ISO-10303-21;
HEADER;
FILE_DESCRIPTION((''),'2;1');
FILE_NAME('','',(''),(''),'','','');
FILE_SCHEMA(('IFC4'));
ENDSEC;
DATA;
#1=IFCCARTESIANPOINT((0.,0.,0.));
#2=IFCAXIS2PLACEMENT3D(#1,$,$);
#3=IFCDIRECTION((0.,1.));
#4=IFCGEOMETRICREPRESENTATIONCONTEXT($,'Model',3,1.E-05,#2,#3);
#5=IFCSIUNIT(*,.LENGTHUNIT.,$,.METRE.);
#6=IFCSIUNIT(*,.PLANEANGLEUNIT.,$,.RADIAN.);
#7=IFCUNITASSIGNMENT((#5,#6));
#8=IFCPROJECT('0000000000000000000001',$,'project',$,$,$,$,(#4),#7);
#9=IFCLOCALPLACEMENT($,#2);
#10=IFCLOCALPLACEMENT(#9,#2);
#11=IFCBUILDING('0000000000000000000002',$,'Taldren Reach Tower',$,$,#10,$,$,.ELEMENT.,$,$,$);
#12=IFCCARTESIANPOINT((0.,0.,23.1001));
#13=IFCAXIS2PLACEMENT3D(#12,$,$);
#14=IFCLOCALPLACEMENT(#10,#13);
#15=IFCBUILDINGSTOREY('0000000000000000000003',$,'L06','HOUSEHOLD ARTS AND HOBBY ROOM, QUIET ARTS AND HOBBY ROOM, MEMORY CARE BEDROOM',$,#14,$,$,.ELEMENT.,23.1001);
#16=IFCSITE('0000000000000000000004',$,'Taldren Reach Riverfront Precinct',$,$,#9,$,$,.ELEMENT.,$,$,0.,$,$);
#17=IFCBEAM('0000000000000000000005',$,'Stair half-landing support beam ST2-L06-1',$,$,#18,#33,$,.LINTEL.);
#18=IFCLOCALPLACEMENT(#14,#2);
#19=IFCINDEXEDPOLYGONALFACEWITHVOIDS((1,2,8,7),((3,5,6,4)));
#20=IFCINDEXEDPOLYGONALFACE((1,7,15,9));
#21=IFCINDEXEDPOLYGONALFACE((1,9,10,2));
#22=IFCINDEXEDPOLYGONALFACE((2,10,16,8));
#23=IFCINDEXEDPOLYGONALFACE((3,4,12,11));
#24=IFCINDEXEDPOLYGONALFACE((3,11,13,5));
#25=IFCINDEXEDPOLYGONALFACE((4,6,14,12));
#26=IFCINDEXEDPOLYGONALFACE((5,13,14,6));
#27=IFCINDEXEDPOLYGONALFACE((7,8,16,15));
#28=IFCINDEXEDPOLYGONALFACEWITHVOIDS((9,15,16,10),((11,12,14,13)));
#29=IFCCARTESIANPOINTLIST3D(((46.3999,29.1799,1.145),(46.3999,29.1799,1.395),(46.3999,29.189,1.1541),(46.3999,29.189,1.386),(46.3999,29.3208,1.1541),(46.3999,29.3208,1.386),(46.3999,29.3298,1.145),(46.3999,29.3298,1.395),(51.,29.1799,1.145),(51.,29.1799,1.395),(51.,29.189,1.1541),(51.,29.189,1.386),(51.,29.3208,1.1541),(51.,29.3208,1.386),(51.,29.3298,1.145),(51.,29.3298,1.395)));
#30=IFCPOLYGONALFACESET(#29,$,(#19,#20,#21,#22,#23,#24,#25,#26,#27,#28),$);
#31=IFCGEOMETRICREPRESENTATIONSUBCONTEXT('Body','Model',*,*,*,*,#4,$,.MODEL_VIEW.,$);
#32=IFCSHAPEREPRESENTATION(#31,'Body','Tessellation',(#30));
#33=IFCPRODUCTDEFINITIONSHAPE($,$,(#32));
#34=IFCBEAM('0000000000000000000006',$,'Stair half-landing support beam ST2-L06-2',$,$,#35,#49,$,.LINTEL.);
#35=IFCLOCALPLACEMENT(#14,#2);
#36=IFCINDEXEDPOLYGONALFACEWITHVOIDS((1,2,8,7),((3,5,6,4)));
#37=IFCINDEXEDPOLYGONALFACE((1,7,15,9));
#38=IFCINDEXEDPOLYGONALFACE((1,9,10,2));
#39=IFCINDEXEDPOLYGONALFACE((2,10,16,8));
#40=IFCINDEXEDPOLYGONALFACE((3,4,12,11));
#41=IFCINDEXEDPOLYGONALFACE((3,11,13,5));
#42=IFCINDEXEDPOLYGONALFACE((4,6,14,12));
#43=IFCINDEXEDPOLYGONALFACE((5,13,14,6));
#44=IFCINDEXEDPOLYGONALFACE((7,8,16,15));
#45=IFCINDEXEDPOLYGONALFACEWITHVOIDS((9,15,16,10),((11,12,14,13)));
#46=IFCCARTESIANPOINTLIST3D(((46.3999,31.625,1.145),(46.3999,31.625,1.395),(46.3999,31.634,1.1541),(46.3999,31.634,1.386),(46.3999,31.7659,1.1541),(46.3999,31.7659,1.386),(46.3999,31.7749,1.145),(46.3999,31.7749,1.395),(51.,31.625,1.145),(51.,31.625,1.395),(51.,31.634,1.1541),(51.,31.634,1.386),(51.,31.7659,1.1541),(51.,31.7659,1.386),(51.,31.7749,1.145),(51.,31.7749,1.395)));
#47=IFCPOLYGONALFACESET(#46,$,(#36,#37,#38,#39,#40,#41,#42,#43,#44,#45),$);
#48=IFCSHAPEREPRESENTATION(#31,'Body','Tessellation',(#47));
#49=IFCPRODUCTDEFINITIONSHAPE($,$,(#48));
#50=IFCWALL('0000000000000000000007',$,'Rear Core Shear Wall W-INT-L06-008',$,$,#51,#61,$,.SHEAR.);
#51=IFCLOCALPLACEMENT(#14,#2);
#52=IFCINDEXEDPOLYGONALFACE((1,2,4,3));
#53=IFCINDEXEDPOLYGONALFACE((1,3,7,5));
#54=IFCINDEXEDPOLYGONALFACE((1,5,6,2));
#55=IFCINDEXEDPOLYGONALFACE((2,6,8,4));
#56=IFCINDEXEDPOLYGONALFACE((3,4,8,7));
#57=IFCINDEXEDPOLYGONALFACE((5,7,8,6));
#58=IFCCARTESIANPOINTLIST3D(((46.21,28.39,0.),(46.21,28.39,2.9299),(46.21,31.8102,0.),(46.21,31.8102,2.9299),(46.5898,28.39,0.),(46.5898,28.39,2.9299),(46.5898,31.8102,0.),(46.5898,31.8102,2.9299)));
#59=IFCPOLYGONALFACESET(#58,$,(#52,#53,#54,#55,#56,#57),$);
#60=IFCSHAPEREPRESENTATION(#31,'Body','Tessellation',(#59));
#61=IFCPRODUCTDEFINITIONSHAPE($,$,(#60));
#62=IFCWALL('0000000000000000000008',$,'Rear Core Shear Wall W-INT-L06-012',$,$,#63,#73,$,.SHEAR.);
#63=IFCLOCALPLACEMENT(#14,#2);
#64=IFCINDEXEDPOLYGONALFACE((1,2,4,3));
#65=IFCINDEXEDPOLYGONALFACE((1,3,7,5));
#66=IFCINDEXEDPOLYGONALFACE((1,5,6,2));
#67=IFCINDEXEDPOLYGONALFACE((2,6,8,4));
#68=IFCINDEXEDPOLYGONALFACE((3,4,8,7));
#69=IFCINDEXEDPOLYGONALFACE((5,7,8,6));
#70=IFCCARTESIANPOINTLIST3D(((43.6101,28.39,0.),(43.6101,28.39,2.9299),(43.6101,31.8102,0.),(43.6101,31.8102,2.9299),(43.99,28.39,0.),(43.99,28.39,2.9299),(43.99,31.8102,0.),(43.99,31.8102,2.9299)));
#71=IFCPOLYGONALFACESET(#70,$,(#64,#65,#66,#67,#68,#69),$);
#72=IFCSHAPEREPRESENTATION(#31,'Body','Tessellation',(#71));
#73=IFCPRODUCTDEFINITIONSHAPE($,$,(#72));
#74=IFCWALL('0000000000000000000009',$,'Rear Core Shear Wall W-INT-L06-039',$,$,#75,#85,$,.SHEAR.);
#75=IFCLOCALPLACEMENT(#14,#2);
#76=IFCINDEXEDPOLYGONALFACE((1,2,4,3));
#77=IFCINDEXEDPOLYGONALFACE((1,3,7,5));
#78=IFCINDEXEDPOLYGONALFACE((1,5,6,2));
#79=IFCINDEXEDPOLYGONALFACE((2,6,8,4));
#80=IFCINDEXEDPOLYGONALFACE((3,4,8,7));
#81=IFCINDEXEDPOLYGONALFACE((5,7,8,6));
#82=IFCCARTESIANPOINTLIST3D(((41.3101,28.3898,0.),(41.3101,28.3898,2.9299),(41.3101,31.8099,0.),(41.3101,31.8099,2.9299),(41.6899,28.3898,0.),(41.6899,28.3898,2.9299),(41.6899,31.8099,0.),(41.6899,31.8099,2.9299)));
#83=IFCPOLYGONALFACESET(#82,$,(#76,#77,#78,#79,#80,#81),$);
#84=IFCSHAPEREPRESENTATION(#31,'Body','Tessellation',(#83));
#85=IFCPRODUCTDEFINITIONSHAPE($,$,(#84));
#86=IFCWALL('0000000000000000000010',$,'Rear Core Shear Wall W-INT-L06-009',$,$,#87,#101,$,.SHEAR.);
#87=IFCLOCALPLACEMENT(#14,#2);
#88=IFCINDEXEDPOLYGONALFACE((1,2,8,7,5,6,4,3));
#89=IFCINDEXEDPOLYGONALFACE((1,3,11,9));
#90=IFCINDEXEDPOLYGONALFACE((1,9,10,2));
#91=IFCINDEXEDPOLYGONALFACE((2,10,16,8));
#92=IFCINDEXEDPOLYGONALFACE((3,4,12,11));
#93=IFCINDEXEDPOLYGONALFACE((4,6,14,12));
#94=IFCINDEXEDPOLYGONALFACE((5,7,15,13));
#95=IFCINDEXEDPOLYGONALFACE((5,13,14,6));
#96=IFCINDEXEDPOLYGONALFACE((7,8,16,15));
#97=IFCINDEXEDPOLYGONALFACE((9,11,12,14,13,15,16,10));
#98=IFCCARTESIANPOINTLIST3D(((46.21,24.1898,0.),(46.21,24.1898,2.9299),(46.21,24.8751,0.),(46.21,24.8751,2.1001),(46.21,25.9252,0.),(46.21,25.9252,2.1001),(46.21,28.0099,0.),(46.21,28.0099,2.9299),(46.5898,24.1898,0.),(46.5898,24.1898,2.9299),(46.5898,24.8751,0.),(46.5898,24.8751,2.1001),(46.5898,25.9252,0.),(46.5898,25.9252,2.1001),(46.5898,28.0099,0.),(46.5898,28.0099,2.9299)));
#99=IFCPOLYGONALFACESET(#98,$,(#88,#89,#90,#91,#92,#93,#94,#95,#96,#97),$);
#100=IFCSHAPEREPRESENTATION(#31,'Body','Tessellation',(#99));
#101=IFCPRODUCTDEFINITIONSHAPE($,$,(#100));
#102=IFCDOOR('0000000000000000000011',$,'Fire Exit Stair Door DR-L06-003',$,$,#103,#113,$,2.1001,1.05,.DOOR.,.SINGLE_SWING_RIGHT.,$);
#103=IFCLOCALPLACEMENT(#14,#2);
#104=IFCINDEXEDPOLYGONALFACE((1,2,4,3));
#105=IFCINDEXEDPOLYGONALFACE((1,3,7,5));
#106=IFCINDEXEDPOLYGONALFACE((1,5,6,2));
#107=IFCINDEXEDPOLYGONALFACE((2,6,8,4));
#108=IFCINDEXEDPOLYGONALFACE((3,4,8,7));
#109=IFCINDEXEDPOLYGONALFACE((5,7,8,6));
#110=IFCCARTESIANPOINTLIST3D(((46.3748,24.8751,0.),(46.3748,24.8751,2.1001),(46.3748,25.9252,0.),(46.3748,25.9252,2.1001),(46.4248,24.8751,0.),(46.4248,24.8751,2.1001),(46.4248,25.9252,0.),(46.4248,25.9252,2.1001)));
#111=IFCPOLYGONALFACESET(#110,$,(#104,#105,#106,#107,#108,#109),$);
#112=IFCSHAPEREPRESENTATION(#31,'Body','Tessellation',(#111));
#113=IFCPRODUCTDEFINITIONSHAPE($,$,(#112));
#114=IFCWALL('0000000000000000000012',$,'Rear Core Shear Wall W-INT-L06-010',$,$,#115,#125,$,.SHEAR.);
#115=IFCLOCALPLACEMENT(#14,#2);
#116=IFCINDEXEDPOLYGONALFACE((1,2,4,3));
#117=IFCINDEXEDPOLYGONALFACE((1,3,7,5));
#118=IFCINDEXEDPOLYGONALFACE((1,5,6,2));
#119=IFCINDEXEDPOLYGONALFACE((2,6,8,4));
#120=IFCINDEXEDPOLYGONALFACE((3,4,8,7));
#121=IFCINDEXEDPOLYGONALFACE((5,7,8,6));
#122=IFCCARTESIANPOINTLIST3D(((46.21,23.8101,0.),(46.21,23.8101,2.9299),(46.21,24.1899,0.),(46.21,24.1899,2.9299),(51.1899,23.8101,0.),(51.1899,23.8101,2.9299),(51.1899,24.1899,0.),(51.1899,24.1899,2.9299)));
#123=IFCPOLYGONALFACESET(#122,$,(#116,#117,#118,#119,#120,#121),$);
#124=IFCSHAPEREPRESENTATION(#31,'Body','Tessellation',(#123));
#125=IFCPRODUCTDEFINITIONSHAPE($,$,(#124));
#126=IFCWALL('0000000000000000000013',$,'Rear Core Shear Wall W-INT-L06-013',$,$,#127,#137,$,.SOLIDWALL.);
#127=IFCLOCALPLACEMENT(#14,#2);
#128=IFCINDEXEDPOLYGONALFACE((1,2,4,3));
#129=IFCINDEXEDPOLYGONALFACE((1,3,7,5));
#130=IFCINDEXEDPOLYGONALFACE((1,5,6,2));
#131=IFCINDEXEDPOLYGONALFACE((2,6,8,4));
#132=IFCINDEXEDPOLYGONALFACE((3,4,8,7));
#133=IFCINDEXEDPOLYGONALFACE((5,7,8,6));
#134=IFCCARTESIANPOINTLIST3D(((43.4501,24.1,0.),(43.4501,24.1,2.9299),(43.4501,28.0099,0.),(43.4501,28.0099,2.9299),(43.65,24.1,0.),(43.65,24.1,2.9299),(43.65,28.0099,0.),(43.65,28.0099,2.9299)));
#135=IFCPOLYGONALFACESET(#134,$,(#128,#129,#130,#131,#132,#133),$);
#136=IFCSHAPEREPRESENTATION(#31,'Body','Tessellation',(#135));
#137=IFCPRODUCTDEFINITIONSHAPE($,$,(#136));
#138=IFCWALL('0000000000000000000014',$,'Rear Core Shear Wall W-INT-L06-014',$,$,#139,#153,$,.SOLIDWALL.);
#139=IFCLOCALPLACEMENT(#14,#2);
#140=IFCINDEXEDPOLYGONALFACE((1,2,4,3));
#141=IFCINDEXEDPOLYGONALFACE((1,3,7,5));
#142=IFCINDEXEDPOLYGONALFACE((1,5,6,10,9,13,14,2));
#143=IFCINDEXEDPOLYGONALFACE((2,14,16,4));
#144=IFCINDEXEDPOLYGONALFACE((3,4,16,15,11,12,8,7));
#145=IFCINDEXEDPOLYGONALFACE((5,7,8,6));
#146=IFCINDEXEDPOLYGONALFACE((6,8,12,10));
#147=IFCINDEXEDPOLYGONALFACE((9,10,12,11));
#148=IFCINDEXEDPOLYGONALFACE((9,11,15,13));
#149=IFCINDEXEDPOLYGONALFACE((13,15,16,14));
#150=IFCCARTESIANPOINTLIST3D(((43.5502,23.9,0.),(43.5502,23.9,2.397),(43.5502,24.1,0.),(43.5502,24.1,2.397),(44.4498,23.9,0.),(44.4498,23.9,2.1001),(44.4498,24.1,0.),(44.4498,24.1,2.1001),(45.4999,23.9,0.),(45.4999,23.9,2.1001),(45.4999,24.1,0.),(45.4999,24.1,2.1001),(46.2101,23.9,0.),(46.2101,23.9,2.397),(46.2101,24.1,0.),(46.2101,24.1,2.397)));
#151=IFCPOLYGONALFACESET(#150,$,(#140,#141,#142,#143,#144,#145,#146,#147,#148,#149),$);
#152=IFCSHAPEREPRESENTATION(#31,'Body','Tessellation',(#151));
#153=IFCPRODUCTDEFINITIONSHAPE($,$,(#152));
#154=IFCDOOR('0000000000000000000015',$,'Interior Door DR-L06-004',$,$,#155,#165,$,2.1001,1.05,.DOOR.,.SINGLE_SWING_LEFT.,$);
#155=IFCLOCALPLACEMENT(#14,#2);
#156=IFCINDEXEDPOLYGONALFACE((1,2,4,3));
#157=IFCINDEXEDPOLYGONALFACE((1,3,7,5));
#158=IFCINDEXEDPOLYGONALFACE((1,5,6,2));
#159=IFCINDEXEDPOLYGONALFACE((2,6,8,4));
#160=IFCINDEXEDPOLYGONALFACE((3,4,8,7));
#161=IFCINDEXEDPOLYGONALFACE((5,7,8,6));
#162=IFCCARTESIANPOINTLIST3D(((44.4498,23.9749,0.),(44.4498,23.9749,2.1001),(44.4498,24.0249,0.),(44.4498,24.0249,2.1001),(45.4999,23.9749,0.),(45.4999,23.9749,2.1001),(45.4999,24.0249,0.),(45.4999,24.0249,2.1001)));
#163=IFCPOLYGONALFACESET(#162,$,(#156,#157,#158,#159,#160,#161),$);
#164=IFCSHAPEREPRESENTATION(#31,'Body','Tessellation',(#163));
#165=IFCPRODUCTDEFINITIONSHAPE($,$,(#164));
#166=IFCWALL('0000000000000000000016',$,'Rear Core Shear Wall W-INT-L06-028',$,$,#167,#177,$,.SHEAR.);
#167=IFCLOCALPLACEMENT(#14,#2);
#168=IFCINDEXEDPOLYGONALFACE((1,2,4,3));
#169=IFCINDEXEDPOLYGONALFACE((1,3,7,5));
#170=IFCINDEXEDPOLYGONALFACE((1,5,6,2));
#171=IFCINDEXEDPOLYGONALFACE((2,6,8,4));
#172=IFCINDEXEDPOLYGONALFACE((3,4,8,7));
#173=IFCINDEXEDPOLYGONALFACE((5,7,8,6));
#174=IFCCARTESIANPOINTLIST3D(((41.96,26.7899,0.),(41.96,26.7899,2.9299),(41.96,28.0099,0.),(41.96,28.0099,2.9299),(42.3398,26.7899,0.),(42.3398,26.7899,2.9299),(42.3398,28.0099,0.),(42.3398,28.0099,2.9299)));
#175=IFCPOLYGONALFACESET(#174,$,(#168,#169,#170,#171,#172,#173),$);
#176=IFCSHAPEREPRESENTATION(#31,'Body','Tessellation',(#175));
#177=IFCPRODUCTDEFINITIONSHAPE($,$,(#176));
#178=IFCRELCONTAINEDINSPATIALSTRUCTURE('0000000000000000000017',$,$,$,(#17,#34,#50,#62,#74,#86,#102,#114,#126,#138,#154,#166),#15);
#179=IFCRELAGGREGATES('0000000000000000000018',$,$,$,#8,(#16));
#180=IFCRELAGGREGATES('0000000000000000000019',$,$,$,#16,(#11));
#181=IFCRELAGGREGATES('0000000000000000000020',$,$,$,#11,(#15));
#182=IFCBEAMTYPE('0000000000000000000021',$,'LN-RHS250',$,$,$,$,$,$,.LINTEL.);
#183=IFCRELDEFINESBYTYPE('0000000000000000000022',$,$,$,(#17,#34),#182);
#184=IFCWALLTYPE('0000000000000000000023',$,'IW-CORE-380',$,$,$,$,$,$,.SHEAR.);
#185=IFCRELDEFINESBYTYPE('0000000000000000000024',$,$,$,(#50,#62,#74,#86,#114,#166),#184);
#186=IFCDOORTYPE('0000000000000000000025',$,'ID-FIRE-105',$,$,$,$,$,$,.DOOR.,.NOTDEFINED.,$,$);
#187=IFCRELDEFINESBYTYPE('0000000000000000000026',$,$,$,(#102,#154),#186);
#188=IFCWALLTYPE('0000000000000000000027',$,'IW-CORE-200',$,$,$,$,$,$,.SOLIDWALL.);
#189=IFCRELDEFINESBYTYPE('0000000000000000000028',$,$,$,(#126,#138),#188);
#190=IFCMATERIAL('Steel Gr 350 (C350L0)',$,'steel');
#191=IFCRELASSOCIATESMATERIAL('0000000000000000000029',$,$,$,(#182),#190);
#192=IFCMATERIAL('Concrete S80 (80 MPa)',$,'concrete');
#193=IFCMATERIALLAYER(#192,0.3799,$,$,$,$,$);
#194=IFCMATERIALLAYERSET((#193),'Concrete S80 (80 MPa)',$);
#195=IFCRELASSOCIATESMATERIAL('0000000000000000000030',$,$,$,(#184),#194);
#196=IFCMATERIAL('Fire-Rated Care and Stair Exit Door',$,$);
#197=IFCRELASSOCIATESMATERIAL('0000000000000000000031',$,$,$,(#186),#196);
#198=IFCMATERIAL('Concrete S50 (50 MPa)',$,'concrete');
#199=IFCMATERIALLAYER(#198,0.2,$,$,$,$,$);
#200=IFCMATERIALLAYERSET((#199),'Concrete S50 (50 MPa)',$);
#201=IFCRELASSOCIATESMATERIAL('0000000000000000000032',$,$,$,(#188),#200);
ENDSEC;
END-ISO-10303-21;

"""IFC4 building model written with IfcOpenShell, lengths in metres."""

from ifc_helpers import new_model, si_unit, direction, frame, frame_2d, origin, origin_2d, place, context, subcontext, project, spatial, rectangle, hollow_rectangle, extrude, source, transform, mapped, material, layer, layer_set, material_profile, profile_set, type_object, element, fill, save


model = new_model("IFC4")

# Units and contexts
model_context = context("Model", 3, precision=1e-05, world=origin(), true_north=direction((0.0, 1.0)))
body_context = subcontext(model_context, "Body", "Model", "MODEL_VIEW")
ifc_project = project(units=[si_unit("LENGTHUNIT", "METRE"), si_unit("PLANEANGLEUNIT", "RADIAN")], contexts=[model_context])

# Site, building, storey
site_placement = place(None, origin())
site = spatial("IfcSite", under=ifc_project, at=site_placement, Name="Taldren Reach Riverfront Precinct", CompositionType="ELEMENT", RefElevation=0.0)
building_placement = place(site_placement, origin())
building = spatial("IfcBuilding", under=site, at=building_placement, Name="Taldren Reach Tower", CompositionType="ELEMENT")
storey_placement = place(building_placement, frame((0.0, 0.0, 23.1001)))
storey = spatial("IfcBuildingStorey", under=building, at=storey_placement, Name="L06", Description="HOUSEHOLD ARTS AND HOBBY ROOM, QUIET ARTS AND HOBBY ROOM, MEMORY CARE BEDROOM", CompositionType="ELEMENT", Elevation=23.1001)

# Beams
ifc_material_1 = material(Name="Steel Gr 350 (C350L0)", Category="steel")
ifc_material_profile = material_profile(ifc_material_1, hollow_rectangle(XDim=0.1499, YDim=0.25, WallThickness=0.009, at=origin_2d()), Name="250x150x9.0RHS")
ifc_profile_set = profile_set([ifc_material_profile], Name="Steel Gr 350 (C350L0)")
beam_type = type_object("IfcBeamType", Name="LN-RHS250", PredefinedType="LINTEL", material=ifc_profile_set)
shared_shape_1 = source(origin(), body_context, "Body", "SweptSolid", [
    extrude(hollow_rectangle(XDim=0.1499, YDim=0.25, WallThickness=0.009, at=origin_2d()), origin(), (0.0, 0.0, 1.0), 4.6001),
])
for number, where, z_axis, x_axis, name in (
    (1, (46.3999, 29.2549, 1.27), (1.0, 0.0, 0.0), (0.0, 1.0, 0.0), "Stair half-landing support beam ST2-L06-1"),
    (2, (46.3999, 31.7, 1.27), (1.0, 0.0, 0.0), (0.0, 1.0, 0.0), "Stair half-landing support beam ST2-L06-2"),
):
    element("IfcBeam", number, at=place(storey_placement, frame(where, z_axis=z_axis, x_axis=x_axis)), inside=storey, type_object=beam_type, Name=name, PredefinedType="LINTEL", context=body_context, shape_type="MappedRepresentation", body=[
        mapped(shared_shape_1, transform((0.0, 0.0, 0.0), scale=1.0)),
    ])

# Walls
ifc_material_2 = material(Name="Concrete S80 (80 MPa)", Category="concrete")
ifc_layer_1 = layer(ifc_material_2, 0.3799)
ifc_layer_set_1 = layer_set([ifc_layer_1], Name="Concrete S80 (80 MPa)")
wall_type_1 = type_object("IfcWallType", Name="IW-CORE-380", PredefinedType="SHEAR", material=ifc_layer_set_1)
shared_shape_2 = source(origin(), body_context, "Body", "SweptSolid", [
    extrude(rectangle(XDim=3.4202, YDim=0.3799, at=frame_2d((1.71, 0.0))), origin(), (0.0, 0.0, 1.0), 2.9299),
])
for number, where, z_axis, x_axis, name in (
    (3, (46.3999, 31.8101, 0.0), (0.0, 0.0, 1.0), (0.0, -1.0, 0.0), "Rear Core Shear Wall W-INT-L06-008"),
    (4, (43.8, 31.8101, 0.0), (0.0, 0.0, 1.0), (0.0, -1.0, 0.0), "Rear Core Shear Wall W-INT-L06-012"),
    (5, (41.5, 28.3899, 0.0), (0.0, 0.0, 1.0), (0.0, 1.0, 0.0), "Rear Core Shear Wall W-INT-L06-039"),
):
    element("IfcWall", number, at=place(storey_placement, frame(where, z_axis=z_axis, x_axis=x_axis)), inside=storey, type_object=wall_type_1, Name=name, PredefinedType="SHEAR", context=body_context, shape_type="MappedRepresentation", body=[
        mapped(shared_shape_2, transform((0.0, 0.0, 0.0), scale=1.0)),
    ])

# Wall, opening, door
shared_shape_3 = source(origin(), body_context, "Body", "SweptSolid", [
    extrude(rectangle(XDim=3.8201, YDim=0.3799, at=frame_2d((1.9102, 0.0))), origin(), (0.0, 0.0, 1.0), 2.9299),
])
wall_1_placement = place(storey_placement, frame((46.3999, 28.01, 0.0), z_axis=(0.0, 0.0, 1.0), x_axis=(0.0, -1.0, 0.0)))
wall_1 = element("IfcWall", 6, at=wall_1_placement, inside=storey, type_object=wall_type_1, Name="Rear Core Shear Wall W-INT-L06-009", PredefinedType="SHEAR", context=body_context, shape_type="MappedRepresentation", body=[
    mapped(shared_shape_3, transform((0.0, 0.0, 0.0), scale=1.0)),
])
shared_shape_4 = source(origin(), body_context, "Body", "SweptSolid", [
    extrude(rectangle(XDim=1.05, YDim=2.1001, at=frame_2d((0.5249, 1.05))), frame((0.0, 0.2, 0.0), z_axis=(0.0, -1.0, 0.0), x_axis=(1.0, 0.0, 0.0)), (0.0, 0.0, 1.0), 0.3999),
])
opening_1_placement = place(wall_1_placement, frame((2.085, 0.0, 0.0)))
opening_1 = element("IfcOpeningElement", 7, at=opening_1_placement, cuts=wall_1, PredefinedType="OPENING", context=body_context, shape_type="MappedRepresentation", body=[
    mapped(shared_shape_4, transform((0.0, 0.0, 0.0), scale=1.0)),
])
ifc_material_3 = material(Name="Fire-Rated Care and Stair Exit Door")
door_type_1 = type_object("IfcDoorType", Name="ID-FIRE-105", OperationType="NOTDEFINED", PredefinedType="DOOR", material=ifc_material_3)
shared_shape_5 = source(origin(), body_context, "Body", "SweptSolid", [
    extrude(rectangle(XDim=1.05, YDim=2.1001, at=frame_2d((0.5249, 1.05))), frame((0.0, 0.0249, 0.0), z_axis=(0.0, -1.0, 0.0), x_axis=(1.0, 0.0, 0.0)), (0.0, 0.0, 1.0), 0.05),
])
door_1_placement = place(opening_1_placement, origin())
door_1 = element("IfcDoor", 8, at=door_1_placement, inside=storey, type_object=door_type_1, Name="Fire Exit Stair Door DR-L06-003", OperationType="SINGLE_SWING_RIGHT", OverallHeight=2.1001, OverallWidth=1.05, PredefinedType="DOOR", context=body_context, shape_type="MappedRepresentation", body=[
    mapped(shared_shape_5, transform((0.0, 0.0, 0.0), scale=1.0)),
])
fill(opening_1, door_1)

# Wall
shared_shape_6 = source(origin(), body_context, "Body", "SweptSolid", [
    extrude(rectangle(XDim=4.98, YDim=0.3799, at=frame_2d((2.49, 0.0))), origin(), (0.0, 0.0, 1.0), 2.9299),
])
wall_2_placement = place(storey_placement, frame((46.21, 24.0, 0.0), z_axis=(0.0, 0.0, 1.0), x_axis=(1.0, 0.0, 0.0)))
element("IfcWall", 9, at=wall_2_placement, inside=storey, type_object=wall_type_1, Name="Rear Core Shear Wall W-INT-L06-010", PredefinedType="SHEAR", context=body_context, shape_type="MappedRepresentation", body=[
    mapped(shared_shape_6, transform((0.0, 0.0, 0.0), scale=1.0)),
])

# Wall
ifc_material_4 = material(Name="Concrete S50 (50 MPa)", Category="concrete")
ifc_layer_2 = layer(ifc_material_4, 0.2)
ifc_layer_set_2 = layer_set([ifc_layer_2], Name="Concrete S50 (50 MPa)")
wall_type_2 = type_object("IfcWallType", Name="IW-CORE-200", PredefinedType="SOLIDWALL", material=ifc_layer_set_2)
shared_shape_7 = source(origin(), body_context, "Body", "SweptSolid", [
    extrude(rectangle(XDim=3.9099, YDim=0.2, at=frame_2d((1.9551, 0.0))), origin(), (0.0, 0.0, 1.0), 2.9299),
])
wall_3_placement = place(storey_placement, frame((43.55, 28.01, 0.0), z_axis=(0.0, 0.0, 1.0), x_axis=(0.0, -1.0, 0.0)))
element("IfcWall", 10, at=wall_3_placement, inside=storey, type_object=wall_type_2, Name="Rear Core Shear Wall W-INT-L06-013", PredefinedType="SOLIDWALL", context=body_context, shape_type="MappedRepresentation", body=[
    mapped(shared_shape_7, transform((0.0, 0.0, 0.0), scale=1.0)),
])

# Wall, opening, door
shared_shape_8 = source(origin(), body_context, "Body", "SweptSolid", [
    extrude(rectangle(XDim=2.6599, YDim=0.2, at=frame_2d((1.3301, 0.0))), origin(), (0.0, 0.0, 1.0), 2.397),
])
wall_4_placement = place(storey_placement, frame((43.55, 24.0, 0.0), z_axis=(0.0, 0.0, 1.0), x_axis=(1.0, 0.0, 0.0)))
wall_4 = element("IfcWall", 11, at=wall_4_placement, inside=storey, type_object=wall_type_2, Name="Rear Core Shear Wall W-INT-L06-014", PredefinedType="SOLIDWALL", context=body_context, shape_type="MappedRepresentation", body=[
    mapped(shared_shape_8, transform((0.0, 0.0, 0.0), scale=1.0)),
])
shared_shape_9 = source(origin(), body_context, "Body", "SweptSolid", [
    extrude(rectangle(XDim=1.05, YDim=2.1001, at=frame_2d((0.5249, 1.05))), frame((0.0, 0.1099, 0.0), z_axis=(0.0, -1.0, 0.0), x_axis=(1.0, 0.0, 0.0)), (0.0, 0.0, 1.0), 0.22),
])
opening_2_placement = place(wall_4_placement, frame((0.8999, 0.0, 0.0)))
opening_2 = element("IfcOpeningElement", 12, at=opening_2_placement, cuts=wall_4, PredefinedType="OPENING", context=body_context, shape_type="MappedRepresentation", body=[
    mapped(shared_shape_9, transform((0.0, 0.0, 0.0), scale=1.0)),
])
door_2_placement = place(opening_2_placement, origin())
door_2 = element("IfcDoor", 13, at=door_2_placement, inside=storey, type_object=door_type_1, Name="Interior Door DR-L06-004", OperationType="SINGLE_SWING_LEFT", OverallHeight=2.1001, OverallWidth=1.05, PredefinedType="DOOR", context=body_context, shape_type="MappedRepresentation", body=[
    mapped(shared_shape_5, transform((0.0, 0.0, 0.0), scale=1.0)),
])
fill(opening_2, door_2)

# Wall
shared_shape_10 = source(origin(), body_context, "Body", "SweptSolid", [
    extrude(rectangle(XDim=1.22, YDim=0.3799, at=frame_2d((0.6099, 0.0))), origin(), (0.0, 0.0, 1.0), 2.9299),
])
wall_5_placement = place(storey_placement, frame((42.1499, 26.79, 0.0), z_axis=(0.0, 0.0, 1.0), x_axis=(0.0, 1.0, 0.0)))
element("IfcWall", 14, at=wall_5_placement, inside=storey, type_object=wall_type_1, Name="Rear Core Shear Wall W-INT-L06-028", PredefinedType="SHEAR", context=body_context, shape_type="MappedRepresentation", body=[
    mapped(shared_shape_10, transform((0.0, 0.0, 0.0), scale=1.0)),
])

save(model, "model.ifc")
